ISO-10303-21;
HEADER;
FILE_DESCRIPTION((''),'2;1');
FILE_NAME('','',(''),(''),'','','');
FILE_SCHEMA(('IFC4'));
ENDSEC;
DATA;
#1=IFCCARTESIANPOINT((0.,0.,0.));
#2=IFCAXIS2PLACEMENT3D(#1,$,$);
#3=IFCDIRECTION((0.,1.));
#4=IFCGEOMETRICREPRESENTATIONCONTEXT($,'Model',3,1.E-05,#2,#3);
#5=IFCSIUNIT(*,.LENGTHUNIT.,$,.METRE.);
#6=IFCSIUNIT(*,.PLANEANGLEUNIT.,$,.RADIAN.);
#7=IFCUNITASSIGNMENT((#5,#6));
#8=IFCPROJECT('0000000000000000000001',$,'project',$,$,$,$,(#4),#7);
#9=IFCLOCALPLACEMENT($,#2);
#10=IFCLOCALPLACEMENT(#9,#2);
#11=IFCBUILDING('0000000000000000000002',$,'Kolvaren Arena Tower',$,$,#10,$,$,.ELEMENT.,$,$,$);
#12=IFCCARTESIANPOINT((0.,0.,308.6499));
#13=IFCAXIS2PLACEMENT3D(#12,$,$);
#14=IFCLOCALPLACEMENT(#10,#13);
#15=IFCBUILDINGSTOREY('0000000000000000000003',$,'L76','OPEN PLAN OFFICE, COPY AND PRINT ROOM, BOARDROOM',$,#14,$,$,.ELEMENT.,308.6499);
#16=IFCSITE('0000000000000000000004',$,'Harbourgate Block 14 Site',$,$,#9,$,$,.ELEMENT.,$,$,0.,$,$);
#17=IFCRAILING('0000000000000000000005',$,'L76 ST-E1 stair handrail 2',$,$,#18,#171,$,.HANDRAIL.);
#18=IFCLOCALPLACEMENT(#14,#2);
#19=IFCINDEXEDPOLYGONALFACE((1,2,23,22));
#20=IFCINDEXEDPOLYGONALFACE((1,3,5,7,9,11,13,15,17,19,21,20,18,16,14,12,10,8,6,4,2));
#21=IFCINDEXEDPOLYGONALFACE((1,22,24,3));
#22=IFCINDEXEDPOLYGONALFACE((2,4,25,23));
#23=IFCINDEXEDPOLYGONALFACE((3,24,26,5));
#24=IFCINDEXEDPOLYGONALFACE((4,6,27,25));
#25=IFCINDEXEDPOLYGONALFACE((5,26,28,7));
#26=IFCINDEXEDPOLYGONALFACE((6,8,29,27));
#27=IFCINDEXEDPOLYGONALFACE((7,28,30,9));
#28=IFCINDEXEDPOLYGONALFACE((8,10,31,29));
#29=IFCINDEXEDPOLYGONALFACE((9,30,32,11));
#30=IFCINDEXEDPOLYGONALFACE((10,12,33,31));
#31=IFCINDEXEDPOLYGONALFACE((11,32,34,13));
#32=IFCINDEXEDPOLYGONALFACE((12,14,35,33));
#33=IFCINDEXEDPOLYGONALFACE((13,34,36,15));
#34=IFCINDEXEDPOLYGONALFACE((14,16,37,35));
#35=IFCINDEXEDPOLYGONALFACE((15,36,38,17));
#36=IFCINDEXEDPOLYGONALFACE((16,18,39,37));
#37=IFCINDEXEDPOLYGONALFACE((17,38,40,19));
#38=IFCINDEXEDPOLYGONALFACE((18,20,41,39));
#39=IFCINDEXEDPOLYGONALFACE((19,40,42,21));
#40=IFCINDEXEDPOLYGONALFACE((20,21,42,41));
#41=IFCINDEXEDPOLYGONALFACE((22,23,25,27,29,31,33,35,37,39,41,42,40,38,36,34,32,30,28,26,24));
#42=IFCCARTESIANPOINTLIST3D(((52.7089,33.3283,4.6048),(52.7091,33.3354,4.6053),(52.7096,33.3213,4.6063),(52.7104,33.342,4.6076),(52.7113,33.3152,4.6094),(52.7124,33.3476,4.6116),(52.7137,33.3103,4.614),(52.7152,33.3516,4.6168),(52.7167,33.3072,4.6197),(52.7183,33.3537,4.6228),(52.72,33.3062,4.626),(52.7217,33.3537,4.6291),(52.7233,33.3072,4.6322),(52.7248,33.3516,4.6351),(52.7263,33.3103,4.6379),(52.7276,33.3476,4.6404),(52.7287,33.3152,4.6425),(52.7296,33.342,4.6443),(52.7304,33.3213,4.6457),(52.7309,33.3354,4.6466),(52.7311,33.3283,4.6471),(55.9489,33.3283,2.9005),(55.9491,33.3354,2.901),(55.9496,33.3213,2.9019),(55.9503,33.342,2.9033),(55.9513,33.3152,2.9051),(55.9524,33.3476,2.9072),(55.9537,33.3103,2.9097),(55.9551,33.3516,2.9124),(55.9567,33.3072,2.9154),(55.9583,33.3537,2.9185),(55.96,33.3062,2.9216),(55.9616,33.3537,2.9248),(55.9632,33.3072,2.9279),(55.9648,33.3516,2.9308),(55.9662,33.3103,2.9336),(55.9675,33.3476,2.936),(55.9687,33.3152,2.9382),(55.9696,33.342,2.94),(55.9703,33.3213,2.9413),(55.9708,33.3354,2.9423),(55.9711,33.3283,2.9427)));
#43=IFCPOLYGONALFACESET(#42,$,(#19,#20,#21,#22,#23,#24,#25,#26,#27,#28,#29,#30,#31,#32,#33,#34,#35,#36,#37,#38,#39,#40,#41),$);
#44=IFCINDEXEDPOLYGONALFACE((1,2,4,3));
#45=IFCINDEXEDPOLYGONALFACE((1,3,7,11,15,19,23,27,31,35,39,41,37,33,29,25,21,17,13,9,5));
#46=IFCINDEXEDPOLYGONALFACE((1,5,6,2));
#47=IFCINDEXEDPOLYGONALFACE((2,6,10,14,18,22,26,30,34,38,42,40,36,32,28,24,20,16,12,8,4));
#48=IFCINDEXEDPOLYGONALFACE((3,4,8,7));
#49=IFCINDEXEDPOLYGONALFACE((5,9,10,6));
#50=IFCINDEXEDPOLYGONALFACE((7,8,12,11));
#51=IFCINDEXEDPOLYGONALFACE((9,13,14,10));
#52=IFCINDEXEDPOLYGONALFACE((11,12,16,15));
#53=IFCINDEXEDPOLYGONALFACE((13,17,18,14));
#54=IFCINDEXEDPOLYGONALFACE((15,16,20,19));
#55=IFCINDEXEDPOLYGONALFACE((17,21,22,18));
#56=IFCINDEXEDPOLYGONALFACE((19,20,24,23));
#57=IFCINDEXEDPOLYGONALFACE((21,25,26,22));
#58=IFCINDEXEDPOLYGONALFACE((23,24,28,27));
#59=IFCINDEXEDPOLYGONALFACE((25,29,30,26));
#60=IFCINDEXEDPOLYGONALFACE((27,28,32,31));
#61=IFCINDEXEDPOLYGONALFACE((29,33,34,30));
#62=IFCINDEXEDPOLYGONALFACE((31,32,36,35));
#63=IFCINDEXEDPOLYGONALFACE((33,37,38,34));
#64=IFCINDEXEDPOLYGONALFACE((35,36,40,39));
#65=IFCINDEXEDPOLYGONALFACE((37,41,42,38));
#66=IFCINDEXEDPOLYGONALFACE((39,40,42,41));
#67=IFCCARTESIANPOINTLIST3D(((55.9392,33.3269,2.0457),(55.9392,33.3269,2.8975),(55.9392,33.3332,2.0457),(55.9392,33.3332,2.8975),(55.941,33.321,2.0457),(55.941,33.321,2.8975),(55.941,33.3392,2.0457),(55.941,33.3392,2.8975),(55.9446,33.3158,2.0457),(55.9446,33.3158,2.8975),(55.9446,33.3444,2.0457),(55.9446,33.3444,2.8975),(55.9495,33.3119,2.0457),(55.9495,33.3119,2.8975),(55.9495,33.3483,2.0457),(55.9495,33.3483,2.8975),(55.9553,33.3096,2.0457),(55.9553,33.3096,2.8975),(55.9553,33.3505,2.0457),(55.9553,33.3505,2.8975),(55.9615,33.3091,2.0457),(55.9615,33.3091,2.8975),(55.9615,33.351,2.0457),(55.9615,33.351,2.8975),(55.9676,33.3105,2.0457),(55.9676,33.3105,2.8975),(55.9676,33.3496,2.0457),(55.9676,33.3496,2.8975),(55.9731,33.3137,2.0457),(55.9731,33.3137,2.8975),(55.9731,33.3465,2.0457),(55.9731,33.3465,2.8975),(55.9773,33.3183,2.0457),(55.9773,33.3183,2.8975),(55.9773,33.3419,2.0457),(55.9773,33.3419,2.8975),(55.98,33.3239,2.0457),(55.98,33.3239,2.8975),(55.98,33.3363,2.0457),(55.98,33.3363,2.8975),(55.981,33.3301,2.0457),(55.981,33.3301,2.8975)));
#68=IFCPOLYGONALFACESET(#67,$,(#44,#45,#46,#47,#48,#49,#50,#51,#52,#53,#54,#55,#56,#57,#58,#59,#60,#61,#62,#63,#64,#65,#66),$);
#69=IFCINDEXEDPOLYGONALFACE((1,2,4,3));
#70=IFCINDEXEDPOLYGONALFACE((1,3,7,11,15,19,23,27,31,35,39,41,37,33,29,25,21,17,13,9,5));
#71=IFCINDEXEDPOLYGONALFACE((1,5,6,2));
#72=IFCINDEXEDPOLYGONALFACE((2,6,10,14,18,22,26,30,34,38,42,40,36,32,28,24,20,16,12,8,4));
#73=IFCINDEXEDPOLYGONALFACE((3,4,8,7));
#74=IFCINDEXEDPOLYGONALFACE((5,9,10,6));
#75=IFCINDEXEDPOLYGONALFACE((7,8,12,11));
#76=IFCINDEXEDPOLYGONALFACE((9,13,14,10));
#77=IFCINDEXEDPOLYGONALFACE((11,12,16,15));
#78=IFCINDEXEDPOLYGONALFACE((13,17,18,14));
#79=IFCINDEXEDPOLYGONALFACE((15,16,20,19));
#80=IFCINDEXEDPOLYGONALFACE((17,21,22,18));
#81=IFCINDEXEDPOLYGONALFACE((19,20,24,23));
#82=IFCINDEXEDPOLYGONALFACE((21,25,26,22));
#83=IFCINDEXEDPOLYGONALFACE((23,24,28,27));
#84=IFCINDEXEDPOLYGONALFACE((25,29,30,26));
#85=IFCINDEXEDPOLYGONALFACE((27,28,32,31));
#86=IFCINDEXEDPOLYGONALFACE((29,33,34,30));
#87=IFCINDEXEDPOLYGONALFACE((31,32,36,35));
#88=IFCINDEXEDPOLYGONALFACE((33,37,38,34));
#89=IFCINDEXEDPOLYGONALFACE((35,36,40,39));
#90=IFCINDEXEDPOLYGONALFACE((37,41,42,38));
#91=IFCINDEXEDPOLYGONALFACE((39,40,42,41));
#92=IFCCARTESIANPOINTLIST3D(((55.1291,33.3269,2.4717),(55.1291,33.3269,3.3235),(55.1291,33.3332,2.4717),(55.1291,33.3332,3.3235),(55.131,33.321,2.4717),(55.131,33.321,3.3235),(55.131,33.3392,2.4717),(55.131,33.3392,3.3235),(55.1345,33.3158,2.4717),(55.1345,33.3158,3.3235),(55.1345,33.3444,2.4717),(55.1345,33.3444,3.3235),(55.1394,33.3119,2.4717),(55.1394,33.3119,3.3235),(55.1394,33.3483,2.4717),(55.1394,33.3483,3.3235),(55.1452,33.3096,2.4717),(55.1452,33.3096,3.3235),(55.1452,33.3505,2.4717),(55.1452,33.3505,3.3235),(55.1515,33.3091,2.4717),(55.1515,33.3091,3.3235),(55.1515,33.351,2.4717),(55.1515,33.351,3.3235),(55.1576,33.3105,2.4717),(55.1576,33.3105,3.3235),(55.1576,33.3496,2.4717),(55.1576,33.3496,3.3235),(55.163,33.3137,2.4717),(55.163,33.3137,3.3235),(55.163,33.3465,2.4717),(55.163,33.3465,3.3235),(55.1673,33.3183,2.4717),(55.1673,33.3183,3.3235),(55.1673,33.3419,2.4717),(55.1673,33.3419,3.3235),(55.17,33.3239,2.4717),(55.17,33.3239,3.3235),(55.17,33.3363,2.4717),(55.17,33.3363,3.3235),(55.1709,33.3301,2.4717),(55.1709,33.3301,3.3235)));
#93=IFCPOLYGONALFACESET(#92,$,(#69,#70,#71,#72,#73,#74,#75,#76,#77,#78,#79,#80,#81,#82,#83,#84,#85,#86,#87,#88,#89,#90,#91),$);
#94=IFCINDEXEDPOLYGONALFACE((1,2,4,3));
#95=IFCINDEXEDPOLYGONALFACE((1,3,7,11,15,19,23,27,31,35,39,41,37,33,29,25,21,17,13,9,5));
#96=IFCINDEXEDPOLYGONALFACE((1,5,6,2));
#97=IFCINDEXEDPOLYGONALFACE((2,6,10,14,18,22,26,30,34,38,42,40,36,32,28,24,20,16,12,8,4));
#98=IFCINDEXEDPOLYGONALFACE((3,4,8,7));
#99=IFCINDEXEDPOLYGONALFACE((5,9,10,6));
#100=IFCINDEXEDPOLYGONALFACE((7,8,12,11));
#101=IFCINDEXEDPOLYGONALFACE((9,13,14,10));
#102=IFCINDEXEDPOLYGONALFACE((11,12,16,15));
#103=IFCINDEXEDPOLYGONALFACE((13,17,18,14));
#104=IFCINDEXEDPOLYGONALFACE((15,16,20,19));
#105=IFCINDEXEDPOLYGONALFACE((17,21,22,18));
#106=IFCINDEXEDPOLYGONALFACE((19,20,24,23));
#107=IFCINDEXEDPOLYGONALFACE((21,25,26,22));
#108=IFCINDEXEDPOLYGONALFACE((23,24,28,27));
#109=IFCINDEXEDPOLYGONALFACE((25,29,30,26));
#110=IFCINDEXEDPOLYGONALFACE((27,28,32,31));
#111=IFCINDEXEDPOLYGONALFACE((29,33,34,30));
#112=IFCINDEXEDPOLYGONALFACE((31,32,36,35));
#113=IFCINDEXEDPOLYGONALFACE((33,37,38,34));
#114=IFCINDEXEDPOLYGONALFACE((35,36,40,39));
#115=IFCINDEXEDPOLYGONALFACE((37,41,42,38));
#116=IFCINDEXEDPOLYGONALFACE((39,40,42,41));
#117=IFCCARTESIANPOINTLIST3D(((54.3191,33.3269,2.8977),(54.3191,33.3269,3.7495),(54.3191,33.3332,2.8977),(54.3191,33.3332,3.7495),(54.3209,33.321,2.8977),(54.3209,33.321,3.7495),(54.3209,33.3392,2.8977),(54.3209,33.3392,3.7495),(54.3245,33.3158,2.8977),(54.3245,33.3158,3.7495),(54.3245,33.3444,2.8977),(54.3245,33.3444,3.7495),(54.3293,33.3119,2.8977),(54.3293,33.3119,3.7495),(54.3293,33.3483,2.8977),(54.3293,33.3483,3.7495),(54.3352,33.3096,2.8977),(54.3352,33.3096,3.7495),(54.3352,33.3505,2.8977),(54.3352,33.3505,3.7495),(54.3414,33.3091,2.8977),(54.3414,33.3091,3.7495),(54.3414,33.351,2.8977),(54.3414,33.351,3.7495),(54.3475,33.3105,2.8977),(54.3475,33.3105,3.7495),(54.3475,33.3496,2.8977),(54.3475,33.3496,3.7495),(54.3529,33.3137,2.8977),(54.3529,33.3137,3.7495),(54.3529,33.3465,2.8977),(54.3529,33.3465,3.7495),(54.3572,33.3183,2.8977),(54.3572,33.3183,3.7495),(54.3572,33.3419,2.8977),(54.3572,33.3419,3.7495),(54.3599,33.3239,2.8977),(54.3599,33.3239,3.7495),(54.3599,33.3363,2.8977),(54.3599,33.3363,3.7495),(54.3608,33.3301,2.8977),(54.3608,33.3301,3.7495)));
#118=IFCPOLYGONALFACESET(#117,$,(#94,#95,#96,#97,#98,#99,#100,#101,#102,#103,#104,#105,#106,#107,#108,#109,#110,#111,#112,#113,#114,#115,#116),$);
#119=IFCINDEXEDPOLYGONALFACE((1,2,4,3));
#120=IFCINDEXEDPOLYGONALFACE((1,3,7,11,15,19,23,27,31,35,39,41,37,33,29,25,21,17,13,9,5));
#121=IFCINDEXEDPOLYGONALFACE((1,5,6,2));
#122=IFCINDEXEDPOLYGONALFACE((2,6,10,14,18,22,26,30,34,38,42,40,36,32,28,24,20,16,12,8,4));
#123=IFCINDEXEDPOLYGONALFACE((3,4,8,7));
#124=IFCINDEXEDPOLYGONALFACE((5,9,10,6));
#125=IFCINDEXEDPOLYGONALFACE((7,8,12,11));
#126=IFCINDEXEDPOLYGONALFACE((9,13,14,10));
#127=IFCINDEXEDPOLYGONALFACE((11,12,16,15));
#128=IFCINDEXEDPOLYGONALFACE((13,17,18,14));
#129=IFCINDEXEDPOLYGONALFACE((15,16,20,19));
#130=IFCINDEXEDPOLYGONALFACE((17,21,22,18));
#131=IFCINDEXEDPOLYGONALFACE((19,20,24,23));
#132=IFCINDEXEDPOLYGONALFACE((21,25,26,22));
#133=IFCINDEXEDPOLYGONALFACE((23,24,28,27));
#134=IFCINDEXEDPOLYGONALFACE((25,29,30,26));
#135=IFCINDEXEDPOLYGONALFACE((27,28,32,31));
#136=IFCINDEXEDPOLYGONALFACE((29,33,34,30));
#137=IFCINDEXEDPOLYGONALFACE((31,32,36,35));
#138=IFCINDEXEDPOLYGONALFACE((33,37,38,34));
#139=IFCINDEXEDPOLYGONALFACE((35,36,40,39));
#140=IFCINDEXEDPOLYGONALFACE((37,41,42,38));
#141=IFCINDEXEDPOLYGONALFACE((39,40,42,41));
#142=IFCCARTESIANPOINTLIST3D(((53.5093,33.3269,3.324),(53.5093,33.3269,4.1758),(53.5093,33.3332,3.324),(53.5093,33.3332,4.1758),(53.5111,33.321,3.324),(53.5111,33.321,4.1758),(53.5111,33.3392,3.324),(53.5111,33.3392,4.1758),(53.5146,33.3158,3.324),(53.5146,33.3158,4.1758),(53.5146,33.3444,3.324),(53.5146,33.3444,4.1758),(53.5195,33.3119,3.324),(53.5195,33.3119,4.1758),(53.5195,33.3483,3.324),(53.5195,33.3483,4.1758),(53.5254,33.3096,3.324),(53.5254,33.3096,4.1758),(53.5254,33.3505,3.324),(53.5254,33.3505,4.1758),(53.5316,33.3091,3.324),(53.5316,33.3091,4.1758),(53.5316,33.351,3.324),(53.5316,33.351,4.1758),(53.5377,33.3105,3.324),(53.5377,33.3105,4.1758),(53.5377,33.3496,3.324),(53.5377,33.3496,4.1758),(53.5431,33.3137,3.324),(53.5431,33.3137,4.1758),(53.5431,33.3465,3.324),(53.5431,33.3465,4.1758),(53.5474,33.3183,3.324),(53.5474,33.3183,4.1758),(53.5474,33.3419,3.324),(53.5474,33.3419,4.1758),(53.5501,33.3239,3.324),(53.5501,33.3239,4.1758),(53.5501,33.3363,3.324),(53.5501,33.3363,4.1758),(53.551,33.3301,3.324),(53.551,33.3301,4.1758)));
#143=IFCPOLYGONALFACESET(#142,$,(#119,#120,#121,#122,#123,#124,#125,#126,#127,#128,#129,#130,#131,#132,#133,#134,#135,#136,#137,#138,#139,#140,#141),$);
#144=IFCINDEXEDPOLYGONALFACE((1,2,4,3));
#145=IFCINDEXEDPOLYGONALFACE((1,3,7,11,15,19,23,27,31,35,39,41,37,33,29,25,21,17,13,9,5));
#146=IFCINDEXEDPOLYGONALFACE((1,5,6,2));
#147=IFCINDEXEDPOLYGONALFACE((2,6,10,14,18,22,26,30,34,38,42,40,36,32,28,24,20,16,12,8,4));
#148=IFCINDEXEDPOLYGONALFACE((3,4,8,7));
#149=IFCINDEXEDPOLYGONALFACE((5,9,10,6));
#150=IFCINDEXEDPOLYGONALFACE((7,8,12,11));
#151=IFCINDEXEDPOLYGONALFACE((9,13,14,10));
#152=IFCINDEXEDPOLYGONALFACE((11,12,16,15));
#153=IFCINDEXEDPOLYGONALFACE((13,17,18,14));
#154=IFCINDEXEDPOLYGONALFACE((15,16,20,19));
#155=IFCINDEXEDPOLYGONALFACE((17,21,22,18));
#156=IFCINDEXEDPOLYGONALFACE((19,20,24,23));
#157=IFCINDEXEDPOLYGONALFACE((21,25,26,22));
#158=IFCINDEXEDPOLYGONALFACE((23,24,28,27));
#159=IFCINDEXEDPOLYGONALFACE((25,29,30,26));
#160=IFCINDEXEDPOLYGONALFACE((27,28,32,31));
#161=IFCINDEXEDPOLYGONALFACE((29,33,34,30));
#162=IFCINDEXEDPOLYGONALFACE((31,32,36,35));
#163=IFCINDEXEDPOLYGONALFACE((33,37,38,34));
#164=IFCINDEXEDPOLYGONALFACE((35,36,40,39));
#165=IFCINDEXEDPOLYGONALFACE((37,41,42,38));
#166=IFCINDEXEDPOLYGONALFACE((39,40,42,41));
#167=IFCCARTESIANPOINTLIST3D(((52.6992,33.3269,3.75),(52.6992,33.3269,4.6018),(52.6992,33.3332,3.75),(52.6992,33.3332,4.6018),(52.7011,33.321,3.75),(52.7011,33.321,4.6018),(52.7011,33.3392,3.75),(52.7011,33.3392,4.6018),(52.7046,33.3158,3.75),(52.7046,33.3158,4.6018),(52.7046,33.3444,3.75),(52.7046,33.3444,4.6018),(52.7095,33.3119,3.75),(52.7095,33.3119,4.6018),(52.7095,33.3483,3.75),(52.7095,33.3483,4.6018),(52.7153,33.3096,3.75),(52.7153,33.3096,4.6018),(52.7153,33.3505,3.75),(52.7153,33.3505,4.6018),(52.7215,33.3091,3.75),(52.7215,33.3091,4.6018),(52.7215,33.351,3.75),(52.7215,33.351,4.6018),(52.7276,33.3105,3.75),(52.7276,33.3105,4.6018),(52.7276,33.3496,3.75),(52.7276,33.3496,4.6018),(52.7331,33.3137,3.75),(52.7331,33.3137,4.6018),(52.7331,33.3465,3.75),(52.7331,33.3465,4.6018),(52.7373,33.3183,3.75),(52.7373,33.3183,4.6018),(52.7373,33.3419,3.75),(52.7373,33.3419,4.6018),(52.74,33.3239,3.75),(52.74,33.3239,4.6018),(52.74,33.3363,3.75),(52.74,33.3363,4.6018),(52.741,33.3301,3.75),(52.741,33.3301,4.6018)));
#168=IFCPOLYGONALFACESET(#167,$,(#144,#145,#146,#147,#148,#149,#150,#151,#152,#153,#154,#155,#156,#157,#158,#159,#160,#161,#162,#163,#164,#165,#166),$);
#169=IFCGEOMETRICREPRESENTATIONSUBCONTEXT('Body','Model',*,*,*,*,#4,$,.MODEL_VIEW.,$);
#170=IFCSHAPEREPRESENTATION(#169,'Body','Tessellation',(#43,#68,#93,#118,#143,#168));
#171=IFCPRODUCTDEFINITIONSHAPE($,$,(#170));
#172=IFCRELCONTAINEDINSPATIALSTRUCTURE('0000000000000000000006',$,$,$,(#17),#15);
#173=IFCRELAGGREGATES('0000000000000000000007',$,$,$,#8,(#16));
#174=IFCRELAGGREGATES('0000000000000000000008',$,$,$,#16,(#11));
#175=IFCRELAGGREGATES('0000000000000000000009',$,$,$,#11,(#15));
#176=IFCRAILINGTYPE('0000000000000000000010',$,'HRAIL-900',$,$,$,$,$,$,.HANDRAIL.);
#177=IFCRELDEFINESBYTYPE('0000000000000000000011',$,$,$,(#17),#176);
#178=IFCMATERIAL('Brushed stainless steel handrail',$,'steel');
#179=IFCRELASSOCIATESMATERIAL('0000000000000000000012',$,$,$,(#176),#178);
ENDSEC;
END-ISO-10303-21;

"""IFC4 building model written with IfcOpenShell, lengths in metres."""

from ifc_helpers import new_model, si_unit, direction, frame, origin, origin_2d, place, context, subcontext, project, spatial, circle, extrude, material, type_object, element, save


model = new_model("IFC4")

# Units and contexts
model_context = context("Model", 3, precision=1e-05, world=origin(), true_north=direction((0.0, 1.0)))
body_context = subcontext(model_context, "Body", "Model", "MODEL_VIEW")
ifc_project = project(units=[si_unit("LENGTHUNIT", "METRE"), si_unit("PLANEANGLEUNIT", "RADIAN")], contexts=[model_context])

# Site, building, storey
site_placement = place(None, origin())
site = spatial("IfcSite", under=ifc_project, at=site_placement, Name="Harbourgate Block 14 Site", CompositionType="ELEMENT", RefElevation=0.0)
building_placement = place(site_placement, origin())
building = spatial("IfcBuilding", under=site, at=building_placement, Name="Kolvaren Arena Tower", CompositionType="ELEMENT")
storey_placement = place(building_placement, frame((0.0, 0.0, 308.6499)))
storey = spatial("IfcBuildingStorey", under=building, at=storey_placement, Name="L76", Description="OPEN PLAN OFFICE, COPY AND PRINT ROOM, BOARDROOM", CompositionType="ELEMENT", Elevation=308.6499)

# Railing
ifc_material_1 = material(Name="Brushed stainless steel handrail", Category="steel")
railing_type_1 = type_object("IfcRailingType", Name="HRAIL-900", PredefinedType="HANDRAIL", material=ifc_material_1)
railing_1_placement = place(storey_placement, frame((55.96, 33.3301, 2.0457)))
element("IfcRailing", 1, at=railing_1_placement, inside=storey, type_object=railing_type_1, Name="L76 ST-E1 stair handrail 2", PredefinedType="HANDRAIL", context=body_context, shape_type="SweptSolid", body=[
    extrude(circle(Radius=0.0239, at=origin_2d()), frame((0.0, 0.0, 0.876), z_axis=(-0.885021, 0.0, 0.465551), x_axis=(0.0, -1.0, 0.0)), (0.0, 0.0, 1.0), 3.6609),
    extrude(circle(Radius=0.021, at=origin_2d()), origin(), (0.0, 0.0, 1.0), 0.8518),
    extrude(circle(Radius=0.021, at=origin_2d()), frame((-0.8101, 0.0, 0.426)), (0.0, 0.0, 1.0), 0.8518),
    extrude(circle(Radius=0.021, at=origin_2d()), frame((-1.6201, 0.0, 0.8521)), (0.0, 0.0, 1.0), 0.8518),
    extrude(circle(Radius=0.021, at=origin_2d()), frame((-2.4299, 0.0, 1.2783)), (0.0, 0.0, 1.0), 0.8518),
    extrude(circle(Radius=0.021, at=origin_2d()), frame((-3.24, 0.0, 1.7043)), (0.0, 0.0, 1.0), 0.8518),
])

save(model, "model.ifc")
